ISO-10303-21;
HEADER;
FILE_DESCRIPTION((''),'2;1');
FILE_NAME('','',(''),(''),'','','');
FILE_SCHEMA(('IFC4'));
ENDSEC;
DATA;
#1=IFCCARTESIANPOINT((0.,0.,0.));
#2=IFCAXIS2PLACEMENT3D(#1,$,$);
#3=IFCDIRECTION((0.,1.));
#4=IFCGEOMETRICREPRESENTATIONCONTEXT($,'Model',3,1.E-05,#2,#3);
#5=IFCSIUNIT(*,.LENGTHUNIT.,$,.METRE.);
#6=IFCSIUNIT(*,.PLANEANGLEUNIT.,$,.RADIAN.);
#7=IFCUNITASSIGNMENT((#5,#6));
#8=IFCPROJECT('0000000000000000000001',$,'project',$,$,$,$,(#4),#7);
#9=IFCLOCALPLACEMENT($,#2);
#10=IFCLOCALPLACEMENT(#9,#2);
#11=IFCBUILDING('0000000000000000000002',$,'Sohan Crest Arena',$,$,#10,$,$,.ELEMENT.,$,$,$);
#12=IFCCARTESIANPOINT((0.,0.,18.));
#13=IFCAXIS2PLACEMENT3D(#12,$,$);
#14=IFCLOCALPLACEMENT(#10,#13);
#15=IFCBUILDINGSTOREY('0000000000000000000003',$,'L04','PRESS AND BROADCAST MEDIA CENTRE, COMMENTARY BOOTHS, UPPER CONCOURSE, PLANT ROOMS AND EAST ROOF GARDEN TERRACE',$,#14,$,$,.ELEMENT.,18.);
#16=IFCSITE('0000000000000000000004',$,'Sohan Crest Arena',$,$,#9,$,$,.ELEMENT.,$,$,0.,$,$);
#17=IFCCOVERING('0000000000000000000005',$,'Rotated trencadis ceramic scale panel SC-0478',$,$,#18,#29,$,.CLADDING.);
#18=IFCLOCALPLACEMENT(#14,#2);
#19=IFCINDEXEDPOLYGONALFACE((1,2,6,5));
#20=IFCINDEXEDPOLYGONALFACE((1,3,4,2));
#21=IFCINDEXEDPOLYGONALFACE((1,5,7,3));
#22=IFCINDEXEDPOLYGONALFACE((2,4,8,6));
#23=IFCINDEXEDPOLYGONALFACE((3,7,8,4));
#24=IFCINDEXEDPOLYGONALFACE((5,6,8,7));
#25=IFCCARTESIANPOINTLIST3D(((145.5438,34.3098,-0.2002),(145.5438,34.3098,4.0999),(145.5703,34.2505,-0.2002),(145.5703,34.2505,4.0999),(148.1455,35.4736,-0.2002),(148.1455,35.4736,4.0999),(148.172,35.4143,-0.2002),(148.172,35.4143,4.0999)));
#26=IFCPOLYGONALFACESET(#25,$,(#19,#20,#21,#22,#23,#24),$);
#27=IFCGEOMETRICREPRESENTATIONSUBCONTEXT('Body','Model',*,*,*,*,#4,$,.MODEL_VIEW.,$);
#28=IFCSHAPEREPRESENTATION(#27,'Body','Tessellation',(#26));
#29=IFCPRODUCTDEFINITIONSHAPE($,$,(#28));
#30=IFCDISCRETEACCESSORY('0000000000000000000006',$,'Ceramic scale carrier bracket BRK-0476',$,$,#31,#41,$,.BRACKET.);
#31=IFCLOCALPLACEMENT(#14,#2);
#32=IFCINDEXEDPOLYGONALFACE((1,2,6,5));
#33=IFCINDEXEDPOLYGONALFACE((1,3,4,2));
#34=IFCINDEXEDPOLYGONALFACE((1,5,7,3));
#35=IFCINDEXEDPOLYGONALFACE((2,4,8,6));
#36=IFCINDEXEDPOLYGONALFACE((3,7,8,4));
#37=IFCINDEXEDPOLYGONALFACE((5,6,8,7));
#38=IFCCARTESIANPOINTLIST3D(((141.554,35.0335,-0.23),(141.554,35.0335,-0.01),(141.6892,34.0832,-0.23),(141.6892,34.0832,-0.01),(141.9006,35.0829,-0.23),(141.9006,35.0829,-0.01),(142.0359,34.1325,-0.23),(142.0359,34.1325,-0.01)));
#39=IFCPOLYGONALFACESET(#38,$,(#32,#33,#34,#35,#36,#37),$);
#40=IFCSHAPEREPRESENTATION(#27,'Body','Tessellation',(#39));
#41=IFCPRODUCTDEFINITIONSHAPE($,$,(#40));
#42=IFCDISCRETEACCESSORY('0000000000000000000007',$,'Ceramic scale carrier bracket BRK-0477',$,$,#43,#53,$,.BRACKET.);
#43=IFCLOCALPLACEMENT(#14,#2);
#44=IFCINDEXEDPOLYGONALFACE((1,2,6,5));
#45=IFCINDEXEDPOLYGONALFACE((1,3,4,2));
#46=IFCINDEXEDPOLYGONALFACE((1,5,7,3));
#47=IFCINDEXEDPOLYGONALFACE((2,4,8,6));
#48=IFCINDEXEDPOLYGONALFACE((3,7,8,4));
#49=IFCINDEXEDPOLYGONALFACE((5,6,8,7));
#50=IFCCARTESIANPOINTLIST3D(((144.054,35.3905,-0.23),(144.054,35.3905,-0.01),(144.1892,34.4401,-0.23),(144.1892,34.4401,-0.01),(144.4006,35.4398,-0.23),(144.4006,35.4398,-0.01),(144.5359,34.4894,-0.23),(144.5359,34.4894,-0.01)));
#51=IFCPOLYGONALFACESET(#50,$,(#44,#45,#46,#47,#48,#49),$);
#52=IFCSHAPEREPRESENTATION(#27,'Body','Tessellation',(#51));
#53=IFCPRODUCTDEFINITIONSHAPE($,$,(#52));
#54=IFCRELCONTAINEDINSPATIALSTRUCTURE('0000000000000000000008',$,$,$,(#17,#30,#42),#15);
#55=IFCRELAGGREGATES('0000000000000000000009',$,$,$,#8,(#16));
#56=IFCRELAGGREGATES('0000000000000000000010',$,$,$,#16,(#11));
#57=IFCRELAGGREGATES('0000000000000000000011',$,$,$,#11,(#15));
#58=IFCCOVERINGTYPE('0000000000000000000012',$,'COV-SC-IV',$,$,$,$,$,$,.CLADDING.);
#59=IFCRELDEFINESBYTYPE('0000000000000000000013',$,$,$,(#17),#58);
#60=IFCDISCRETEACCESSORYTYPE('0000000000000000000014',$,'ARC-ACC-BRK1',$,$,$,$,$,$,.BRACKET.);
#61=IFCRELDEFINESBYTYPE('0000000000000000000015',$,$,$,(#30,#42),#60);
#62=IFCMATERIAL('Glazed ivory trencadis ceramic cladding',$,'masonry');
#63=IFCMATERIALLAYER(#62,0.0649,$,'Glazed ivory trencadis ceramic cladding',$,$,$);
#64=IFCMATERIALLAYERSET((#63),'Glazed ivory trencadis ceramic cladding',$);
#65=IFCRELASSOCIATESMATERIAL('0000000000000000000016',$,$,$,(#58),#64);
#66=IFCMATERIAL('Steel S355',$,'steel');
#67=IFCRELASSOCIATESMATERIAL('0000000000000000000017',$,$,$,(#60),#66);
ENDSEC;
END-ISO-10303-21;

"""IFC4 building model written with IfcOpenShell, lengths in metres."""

from ifc_helpers import new_model, si_unit, direction, frame, origin, origin_2d, place, context, subcontext, project, spatial, rectangle, extrude, material, layer, layer_set, type_object, element, save


model = new_model("IFC4")

# Units and contexts
model_context = context("Model", 3, precision=1e-05, world=origin(), true_north=direction((0.0, 1.0)))
body_context = subcontext(model_context, "Body", "Model", "MODEL_VIEW")
ifc_project = project(units=[si_unit("LENGTHUNIT", "METRE"), si_unit("PLANEANGLEUNIT", "RADIAN")], contexts=[model_context])

# Site, building, storey
site_placement = place(None, origin())
site = spatial("IfcSite", under=ifc_project, at=site_placement, Name="Sohan Crest Arena", CompositionType="ELEMENT", RefElevation=0.0)
building_placement = place(site_placement, origin())
building = spatial("IfcBuilding", under=site, at=building_placement, Name="Sohan Crest Arena", CompositionType="ELEMENT")
storey_placement = place(building_placement, frame((0.0, 0.0, 18.0)))
storey = spatial("IfcBuildingStorey", under=building, at=storey_placement, Name="L04", Description="PRESS AND BROADCAST MEDIA CENTRE, COMMENTARY BOOTHS, UPPER CONCOURSE, PLANT ROOMS AND EAST ROOF GARDEN TERRACE", CompositionType="ELEMENT", Elevation=18.0)

# Shared definitions
ifc_material_1 = material(Name="Steel S355", Category="steel")

# Covering
ifc_material_2 = material(Name="Glazed ivory trencadis ceramic cladding", Category="masonry")
ifc_layer_1 = layer(ifc_material_2, 0.0649, Name="Glazed ivory trencadis ceramic cladding")
ifc_layer_set_1 = layer_set([ifc_layer_1], Name="Glazed ivory trencadis ceramic cladding")
covering_type = type_object("IfcCoveringType", Name="COV-SC-IV", PredefinedType="CLADDING", material=ifc_layer_set_1)
for number, where, z_axis, x_axis, name in (
    (1, (146.8579, 34.8621, -0.2002), (0.0, 0.0, 1.0), (0.912834, 0.40833, 0.0), "Rotated trencadis ceramic scale panel SC-0478"),
):
    element("IfcCovering", number, at=place(storey_placement, frame(where, z_axis=z_axis, x_axis=x_axis)), inside=storey, type_object=covering_type, Name=name, PredefinedType="CLADDING", context=body_context, shape_type="SweptSolid", body=[
        extrude(rectangle(XDim=2.8501, YDim=0.0649, at=origin_2d()), origin(), (0.0, 0.0, 1.0), 4.3),
    ])

# Discrete accessories
discrete_accessory_type = type_object("IfcDiscreteAccessoryType", Name="ARC-ACC-BRK1", PredefinedType="BRACKET", material=ifc_material_1)
for number, where, z_axis, x_axis, name in (
    (2, (141.7949, 34.583, -0.23), (0.0, 0.0, 1.0), (0.990024, 0.140901, 0.0), "Ceramic scale carrier bracket BRK-0476"),
    (3, (144.2949, 34.9399, -0.23), (0.0, 0.0, 1.0), (0.990024, 0.140901, 0.0), "Ceramic scale carrier bracket BRK-0477"),
):
    element("IfcDiscreteAccessory", number, at=place(storey_placement, frame(where, z_axis=z_axis, x_axis=x_axis)), inside=storey, type_object=discrete_accessory_type, Name=name, PredefinedType="BRACKET", context=body_context, shape_type="SweptSolid", body=[
        extrude(rectangle(XDim=0.3501, YDim=0.96, at=origin_2d()), origin(), (0.0, 0.0, 1.0), 0.22),
    ])

save(model, "model.ifc")
